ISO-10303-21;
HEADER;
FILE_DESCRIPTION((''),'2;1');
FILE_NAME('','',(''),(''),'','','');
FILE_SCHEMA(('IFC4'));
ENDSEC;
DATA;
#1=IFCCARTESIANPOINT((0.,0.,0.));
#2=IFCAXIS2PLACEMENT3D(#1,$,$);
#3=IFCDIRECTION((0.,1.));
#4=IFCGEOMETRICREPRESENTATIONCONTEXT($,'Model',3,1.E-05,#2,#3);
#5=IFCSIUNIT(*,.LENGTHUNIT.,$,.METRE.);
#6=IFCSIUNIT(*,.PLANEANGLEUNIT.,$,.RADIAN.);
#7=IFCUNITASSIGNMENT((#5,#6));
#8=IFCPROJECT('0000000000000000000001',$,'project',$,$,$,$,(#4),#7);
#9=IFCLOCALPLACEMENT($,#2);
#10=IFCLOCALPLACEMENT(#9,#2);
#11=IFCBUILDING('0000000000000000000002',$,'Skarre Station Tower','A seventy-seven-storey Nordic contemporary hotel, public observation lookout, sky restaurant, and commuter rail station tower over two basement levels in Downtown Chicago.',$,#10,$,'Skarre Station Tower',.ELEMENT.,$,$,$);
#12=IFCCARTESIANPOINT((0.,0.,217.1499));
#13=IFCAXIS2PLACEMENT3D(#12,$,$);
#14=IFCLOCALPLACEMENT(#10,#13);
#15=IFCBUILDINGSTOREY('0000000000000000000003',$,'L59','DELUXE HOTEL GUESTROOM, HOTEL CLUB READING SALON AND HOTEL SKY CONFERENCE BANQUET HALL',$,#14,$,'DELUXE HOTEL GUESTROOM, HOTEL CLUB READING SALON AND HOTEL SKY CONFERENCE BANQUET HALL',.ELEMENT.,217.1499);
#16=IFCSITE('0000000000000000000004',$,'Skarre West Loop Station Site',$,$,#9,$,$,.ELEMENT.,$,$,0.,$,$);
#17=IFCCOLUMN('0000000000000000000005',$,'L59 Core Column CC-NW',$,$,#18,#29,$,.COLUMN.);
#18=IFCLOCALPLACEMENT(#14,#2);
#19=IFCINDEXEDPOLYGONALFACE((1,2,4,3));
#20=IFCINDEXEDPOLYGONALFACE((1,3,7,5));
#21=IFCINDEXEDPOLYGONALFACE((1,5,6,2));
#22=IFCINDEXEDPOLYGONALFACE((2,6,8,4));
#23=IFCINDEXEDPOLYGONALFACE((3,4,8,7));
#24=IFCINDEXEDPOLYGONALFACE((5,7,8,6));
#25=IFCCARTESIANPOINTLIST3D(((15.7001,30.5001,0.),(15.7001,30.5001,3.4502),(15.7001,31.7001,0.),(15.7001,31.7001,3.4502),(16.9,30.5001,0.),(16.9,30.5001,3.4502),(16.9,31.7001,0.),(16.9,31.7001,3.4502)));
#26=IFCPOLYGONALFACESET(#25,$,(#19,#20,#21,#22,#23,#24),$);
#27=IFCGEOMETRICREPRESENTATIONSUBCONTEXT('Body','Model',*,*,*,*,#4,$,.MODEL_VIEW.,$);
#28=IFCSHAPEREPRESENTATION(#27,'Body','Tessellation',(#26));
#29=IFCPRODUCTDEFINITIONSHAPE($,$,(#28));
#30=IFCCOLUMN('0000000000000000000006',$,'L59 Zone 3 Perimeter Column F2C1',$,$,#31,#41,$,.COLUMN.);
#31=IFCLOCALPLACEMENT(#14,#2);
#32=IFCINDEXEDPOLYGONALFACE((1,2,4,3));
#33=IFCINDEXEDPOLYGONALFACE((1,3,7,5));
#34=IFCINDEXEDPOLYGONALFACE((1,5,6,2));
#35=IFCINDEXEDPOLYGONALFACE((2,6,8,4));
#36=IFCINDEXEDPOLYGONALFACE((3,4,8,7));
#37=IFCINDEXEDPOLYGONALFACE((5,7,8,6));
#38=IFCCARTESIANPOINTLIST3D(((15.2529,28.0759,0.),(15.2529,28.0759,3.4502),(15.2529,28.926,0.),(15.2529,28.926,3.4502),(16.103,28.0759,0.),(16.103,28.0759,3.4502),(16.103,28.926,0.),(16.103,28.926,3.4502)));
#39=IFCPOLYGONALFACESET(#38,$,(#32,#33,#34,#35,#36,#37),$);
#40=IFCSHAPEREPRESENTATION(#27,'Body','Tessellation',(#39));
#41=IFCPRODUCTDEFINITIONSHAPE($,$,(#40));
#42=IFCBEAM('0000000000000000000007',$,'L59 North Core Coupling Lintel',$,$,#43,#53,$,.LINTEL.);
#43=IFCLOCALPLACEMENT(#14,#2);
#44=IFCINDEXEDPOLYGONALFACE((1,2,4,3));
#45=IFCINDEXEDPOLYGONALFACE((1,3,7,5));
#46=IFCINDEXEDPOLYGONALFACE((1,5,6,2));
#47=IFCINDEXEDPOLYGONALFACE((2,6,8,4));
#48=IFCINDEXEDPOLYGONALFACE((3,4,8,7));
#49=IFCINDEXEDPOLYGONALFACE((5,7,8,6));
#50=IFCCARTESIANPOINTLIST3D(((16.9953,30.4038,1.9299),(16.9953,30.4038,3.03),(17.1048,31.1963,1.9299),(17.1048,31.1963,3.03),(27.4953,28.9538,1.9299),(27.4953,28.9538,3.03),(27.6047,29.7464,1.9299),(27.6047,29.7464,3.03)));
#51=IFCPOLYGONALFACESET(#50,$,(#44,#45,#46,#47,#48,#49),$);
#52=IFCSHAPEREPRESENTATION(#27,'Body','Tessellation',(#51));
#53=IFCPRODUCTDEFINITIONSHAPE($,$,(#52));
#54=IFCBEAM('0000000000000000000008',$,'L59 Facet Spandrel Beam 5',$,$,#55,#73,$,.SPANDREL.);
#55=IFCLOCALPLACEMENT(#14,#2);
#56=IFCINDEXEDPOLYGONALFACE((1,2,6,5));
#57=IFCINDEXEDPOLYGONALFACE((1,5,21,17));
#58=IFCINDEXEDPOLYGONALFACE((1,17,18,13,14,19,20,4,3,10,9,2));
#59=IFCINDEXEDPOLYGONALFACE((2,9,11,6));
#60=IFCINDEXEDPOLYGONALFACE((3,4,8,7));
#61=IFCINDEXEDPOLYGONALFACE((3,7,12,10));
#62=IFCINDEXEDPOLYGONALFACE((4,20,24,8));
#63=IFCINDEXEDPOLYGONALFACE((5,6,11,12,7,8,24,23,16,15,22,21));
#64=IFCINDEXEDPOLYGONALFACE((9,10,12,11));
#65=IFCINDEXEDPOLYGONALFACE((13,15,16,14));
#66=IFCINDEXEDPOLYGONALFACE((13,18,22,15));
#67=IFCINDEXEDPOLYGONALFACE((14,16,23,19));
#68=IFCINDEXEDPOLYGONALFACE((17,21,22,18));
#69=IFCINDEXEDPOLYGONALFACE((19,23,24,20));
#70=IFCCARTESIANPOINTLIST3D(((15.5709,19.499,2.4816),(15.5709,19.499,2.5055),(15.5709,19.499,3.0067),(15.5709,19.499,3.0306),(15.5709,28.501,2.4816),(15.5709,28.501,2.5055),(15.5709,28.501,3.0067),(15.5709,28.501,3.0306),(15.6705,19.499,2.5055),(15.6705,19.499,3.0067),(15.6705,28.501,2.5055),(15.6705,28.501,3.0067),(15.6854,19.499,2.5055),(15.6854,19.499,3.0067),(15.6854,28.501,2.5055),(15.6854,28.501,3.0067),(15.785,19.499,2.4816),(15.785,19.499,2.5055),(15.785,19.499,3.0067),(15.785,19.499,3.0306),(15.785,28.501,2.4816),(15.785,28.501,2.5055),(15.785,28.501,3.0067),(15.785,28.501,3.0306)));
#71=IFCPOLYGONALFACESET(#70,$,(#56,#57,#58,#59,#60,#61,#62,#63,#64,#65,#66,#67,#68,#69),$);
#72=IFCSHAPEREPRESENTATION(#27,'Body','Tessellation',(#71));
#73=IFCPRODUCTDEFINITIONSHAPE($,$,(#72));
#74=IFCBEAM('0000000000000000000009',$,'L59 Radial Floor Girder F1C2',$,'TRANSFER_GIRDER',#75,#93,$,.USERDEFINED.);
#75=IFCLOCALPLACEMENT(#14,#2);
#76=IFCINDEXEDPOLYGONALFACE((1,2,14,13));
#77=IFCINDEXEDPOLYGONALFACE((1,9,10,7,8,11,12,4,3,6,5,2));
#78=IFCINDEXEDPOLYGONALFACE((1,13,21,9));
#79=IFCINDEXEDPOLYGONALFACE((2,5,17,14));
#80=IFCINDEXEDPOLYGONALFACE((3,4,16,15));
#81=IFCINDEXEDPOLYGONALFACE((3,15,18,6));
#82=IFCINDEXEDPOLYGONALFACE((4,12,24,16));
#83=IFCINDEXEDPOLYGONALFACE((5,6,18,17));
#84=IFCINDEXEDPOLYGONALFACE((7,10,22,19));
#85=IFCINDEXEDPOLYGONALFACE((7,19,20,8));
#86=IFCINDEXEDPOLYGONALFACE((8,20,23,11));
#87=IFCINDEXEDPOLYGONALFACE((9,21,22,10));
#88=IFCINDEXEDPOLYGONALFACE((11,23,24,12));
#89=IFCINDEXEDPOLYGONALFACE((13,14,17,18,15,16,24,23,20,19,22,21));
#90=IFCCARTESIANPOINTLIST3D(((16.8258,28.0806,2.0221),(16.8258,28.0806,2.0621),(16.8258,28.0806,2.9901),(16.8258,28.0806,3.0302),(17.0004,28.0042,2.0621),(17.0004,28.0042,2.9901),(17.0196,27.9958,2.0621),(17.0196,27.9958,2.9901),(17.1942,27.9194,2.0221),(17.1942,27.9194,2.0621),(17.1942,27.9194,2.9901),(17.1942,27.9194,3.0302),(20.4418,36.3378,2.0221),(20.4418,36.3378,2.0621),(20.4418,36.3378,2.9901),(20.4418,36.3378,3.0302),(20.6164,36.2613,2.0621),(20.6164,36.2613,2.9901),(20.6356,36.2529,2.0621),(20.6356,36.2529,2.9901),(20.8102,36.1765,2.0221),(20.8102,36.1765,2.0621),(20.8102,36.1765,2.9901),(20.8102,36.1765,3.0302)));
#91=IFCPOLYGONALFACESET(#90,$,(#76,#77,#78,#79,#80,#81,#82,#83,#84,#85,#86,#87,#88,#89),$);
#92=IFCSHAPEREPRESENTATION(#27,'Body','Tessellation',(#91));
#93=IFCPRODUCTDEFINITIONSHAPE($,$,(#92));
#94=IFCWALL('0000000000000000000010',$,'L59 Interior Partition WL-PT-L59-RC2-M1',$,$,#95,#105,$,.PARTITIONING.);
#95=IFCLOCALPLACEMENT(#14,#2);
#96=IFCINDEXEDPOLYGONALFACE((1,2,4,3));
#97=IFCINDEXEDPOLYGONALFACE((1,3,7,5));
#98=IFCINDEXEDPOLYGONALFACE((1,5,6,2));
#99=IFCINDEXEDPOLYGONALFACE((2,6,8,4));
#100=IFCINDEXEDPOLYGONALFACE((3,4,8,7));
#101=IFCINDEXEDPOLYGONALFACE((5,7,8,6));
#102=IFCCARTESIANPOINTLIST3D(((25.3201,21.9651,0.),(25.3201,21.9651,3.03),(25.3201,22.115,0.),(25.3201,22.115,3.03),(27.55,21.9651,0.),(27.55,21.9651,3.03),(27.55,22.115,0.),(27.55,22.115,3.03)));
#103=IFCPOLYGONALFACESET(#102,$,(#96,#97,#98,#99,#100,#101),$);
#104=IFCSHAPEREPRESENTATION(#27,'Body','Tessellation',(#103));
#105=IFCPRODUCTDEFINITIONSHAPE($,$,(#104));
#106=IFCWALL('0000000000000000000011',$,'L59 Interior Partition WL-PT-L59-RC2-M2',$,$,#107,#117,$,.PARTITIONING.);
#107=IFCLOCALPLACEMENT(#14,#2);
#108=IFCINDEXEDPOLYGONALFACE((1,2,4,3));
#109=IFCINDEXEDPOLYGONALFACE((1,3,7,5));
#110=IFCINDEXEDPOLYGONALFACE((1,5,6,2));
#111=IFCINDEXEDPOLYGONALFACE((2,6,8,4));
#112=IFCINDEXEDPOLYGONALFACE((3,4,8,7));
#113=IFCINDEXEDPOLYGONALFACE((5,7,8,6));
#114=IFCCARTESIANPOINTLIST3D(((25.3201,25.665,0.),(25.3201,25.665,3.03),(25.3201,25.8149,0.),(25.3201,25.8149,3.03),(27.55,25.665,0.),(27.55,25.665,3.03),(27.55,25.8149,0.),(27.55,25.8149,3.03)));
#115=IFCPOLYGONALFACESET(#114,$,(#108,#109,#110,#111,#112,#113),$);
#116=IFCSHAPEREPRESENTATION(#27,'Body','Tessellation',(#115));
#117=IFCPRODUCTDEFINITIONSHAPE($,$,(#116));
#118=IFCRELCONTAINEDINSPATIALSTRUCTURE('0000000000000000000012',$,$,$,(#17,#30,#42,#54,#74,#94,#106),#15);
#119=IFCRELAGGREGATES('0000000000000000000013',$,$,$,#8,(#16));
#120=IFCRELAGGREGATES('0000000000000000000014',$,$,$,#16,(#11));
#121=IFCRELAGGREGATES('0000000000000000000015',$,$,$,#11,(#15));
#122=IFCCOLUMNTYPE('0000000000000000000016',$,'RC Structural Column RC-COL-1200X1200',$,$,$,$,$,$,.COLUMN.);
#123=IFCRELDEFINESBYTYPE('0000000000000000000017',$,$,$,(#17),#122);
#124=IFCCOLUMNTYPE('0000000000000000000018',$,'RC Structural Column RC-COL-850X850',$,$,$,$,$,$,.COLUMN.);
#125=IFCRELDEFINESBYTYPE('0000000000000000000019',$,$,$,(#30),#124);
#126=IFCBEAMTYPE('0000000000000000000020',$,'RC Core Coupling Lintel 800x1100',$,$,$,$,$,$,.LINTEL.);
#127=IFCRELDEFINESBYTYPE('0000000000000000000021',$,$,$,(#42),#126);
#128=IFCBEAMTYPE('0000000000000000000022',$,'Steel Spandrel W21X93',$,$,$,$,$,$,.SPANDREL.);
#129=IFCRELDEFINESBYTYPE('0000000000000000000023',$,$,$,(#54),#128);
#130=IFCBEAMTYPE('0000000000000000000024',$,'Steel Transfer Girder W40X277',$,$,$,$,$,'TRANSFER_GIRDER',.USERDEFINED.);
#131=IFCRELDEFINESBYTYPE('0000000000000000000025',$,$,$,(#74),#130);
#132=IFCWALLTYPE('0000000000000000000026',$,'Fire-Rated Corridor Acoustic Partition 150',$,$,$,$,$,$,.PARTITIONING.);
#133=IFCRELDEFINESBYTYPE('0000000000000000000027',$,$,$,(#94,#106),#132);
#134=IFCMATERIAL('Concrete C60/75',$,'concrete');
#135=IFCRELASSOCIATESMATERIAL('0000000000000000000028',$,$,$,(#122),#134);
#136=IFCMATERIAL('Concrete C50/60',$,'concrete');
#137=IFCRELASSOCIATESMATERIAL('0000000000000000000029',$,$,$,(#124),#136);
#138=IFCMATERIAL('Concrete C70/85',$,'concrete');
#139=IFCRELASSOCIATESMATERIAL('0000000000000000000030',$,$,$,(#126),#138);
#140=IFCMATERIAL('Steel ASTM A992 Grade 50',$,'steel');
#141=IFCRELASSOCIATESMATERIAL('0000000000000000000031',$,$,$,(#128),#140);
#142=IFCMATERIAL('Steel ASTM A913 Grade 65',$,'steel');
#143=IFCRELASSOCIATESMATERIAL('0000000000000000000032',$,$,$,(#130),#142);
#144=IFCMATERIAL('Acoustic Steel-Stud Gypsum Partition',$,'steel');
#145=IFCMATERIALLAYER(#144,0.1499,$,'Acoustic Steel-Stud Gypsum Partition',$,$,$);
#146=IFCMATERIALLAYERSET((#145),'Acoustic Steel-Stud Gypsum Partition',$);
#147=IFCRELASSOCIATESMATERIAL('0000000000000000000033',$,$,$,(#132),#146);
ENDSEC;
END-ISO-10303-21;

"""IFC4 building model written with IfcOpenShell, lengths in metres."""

from ifc_helpers import new_model, si_unit, direction, frame, frame_2d, origin, origin_2d, place, context, subcontext, project, spatial, rectangle, i_section, extrude, material, layer, layer_set, material_profile, profile_set, type_object, element, save


model = new_model("IFC4")

# Units and contexts
model_context = context("Model", 3, precision=1e-05, world=origin(), true_north=direction((0.0, 1.0)))
body_context = subcontext(model_context, "Body", "Model", "MODEL_VIEW")
ifc_project = project(units=[si_unit("LENGTHUNIT", "METRE"), si_unit("PLANEANGLEUNIT", "RADIAN")], contexts=[model_context])

# Site, building, storey
site_placement = place(None, origin())
site = spatial("IfcSite", under=ifc_project, at=site_placement, Name="Skarre West Loop Station Site", CompositionType="ELEMENT", RefElevation=0.0)
building_placement = place(site_placement, origin())
building = spatial("IfcBuilding", under=site, at=building_placement, Name="Skarre Station Tower", Description="A seventy-seven-storey Nordic contemporary hotel, public observation lookout, sky restaurant, and commuter rail station tower over two basement levels in Downtown Chicago.", LongName="Skarre Station Tower", CompositionType="ELEMENT")
storey_placement = place(building_placement, frame((0.0, 0.0, 217.1499)))
storey = spatial("IfcBuildingStorey", under=building, at=storey_placement, Name="L59", Description="DELUXE HOTEL GUESTROOM, HOTEL CLUB READING SALON AND HOTEL SKY CONFERENCE BANQUET HALL", LongName="DELUXE HOTEL GUESTROOM, HOTEL CLUB READING SALON AND HOTEL SKY CONFERENCE BANQUET HALL", CompositionType="ELEMENT", Elevation=217.1499)

# Columns
ifc_material_1 = material(Name="Concrete C60/75", Category="concrete")
ifc_material_profile_1 = material_profile(ifc_material_1, rectangle(XDim=1.2, YDim=1.2, at=origin_2d()), Name="Concrete C60/75")
ifc_profile_set_1 = profile_set([ifc_material_profile_1], Name="Concrete C60/75")
column_type_1 = type_object("IfcColumnType", Name="RC Structural Column RC-COL-1200X1200", PredefinedType="COLUMN", material=ifc_profile_set_1)
column_1_placement = place(storey_placement, frame((16.3, 31.1001, 0.0), z_axis=(0.0, 0.0, 1.0), x_axis=(1.0, 0.0, 0.0)))
element("IfcColumn", 1, at=column_1_placement, inside=storey, type_object=column_type_1, Name="L59 Core Column CC-NW", PredefinedType="COLUMN", context=body_context, shape_type="SweptSolid", body=[
    extrude(rectangle(XDim=1.2, YDim=1.2, at=origin_2d()), origin(), (0.0, 0.0, 1.0), 3.4502),
])
ifc_material_2 = material(Name="Concrete C50/60", Category="concrete")
ifc_material_profile_2 = material_profile(ifc_material_2, rectangle(XDim=0.8501, YDim=0.8501, at=origin_2d()), Name="Concrete C50/60")
ifc_profile_set_2 = profile_set([ifc_material_profile_2], Name="Concrete C50/60")
column_type_2 = type_object("IfcColumnType", Name="RC Structural Column RC-COL-850X850", PredefinedType="COLUMN", material=ifc_profile_set_2)
column_2_placement = place(storey_placement, frame((15.678, 28.501, 0.0), z_axis=(0.0, 0.0, 1.0), x_axis=(1.0, 0.0, 0.0)))
element("IfcColumn", 2, at=column_2_placement, inside=storey, type_object=column_type_2, Name="L59 Zone 3 Perimeter Column F2C1", PredefinedType="COLUMN", context=body_context, shape_type="SweptSolid", body=[
    extrude(rectangle(XDim=0.8501, YDim=0.8501, at=origin_2d()), origin(), (0.0, 0.0, 1.0), 3.4502),
])

# Beams
ifc_material_3 = material(Name="Concrete C70/85", Category="concrete")
ifc_material_profile_3 = material_profile(ifc_material_3, rectangle(XDim=0.8, YDim=1.1001, at=origin_2d()), Name="Concrete C70/85")
ifc_profile_set_3 = profile_set([ifc_material_profile_3], Name="Concrete C70/85")
beam_type_1 = type_object("IfcBeamType", Name="RC Core Coupling Lintel 800x1100", PredefinedType="LINTEL", material=ifc_profile_set_3)
beam_1_placement = place(storey_placement, frame((17.05, 30.8, 2.48), z_axis=(0.9906, -0.136792, 0.0), x_axis=(0.136792, 0.9906, 0.0)))
element("IfcBeam", 3, at=beam_1_placement, inside=storey, type_object=beam_type_1, Name="L59 North Core Coupling Lintel", PredefinedType="LINTEL", context=body_context, shape_type="SweptSolid", body=[
    extrude(rectangle(XDim=0.8, YDim=1.1001, at=origin_2d()), origin(), (0.0, 0.0, 1.0), 10.5996),
])
ifc_material_4 = material(Name="Steel ASTM A992 Grade 50", Category="steel")
ifc_material_profile_4 = material_profile(ifc_material_4, i_section(OverallWidth=0.2141, OverallDepth=0.5491, WebThickness=0.0149, FlangeThickness=0.0239, at=origin_2d()), Name="Steel ASTM A992 Grade 50")
ifc_profile_set_4 = profile_set([ifc_material_profile_4], Name="Steel ASTM A992 Grade 50")
beam_type_2 = type_object("IfcBeamType", Name="Steel Spandrel W21X93", PredefinedType="SPANDREL", material=ifc_profile_set_4)
beam_2_placement = place(storey_placement, frame((15.678, 28.501, 2.7561), z_axis=(0.0, -1.0, 0.0), x_axis=(1.0, 0.0, 0.0)))
element("IfcBeam", 4, at=beam_2_placement, inside=storey, type_object=beam_type_2, Name="L59 Facet Spandrel Beam 5", PredefinedType="SPANDREL", context=body_context, shape_type="SweptSolid", body=[
    extrude(i_section(OverallWidth=0.2141, OverallDepth=0.5491, WebThickness=0.0149, FlangeThickness=0.0239, at=origin_2d()), origin(), (0.0, 0.0, 1.0), 9.002),
])
ifc_material_5 = material(Name="Steel ASTM A913 Grade 65", Category="steel")
ifc_material_profile_5 = material_profile(ifc_material_5, i_section(OverallWidth=0.4021, OverallDepth=1.0081, WebThickness=0.021, FlangeThickness=0.04, at=origin_2d()), Name="Steel ASTM A913 Grade 65")
ifc_profile_set_5 = profile_set([ifc_material_profile_5], Name="Steel ASTM A913 Grade 65")
beam_type_3 = type_object("IfcBeamType", Name="Steel Transfer Girder W40X277", ElementType="TRANSFER_GIRDER", PredefinedType="USERDEFINED", material=ifc_profile_set_5)
beam_3_placement = place(storey_placement, frame((17.01, 28.0, 2.5261), z_axis=(0.401144, 0.916015, 0.0), x_axis=(-0.916015, 0.401144, 0.0)))
element("IfcBeam", 5, at=beam_3_placement, inside=storey, type_object=beam_type_3, Name="L59 Radial Floor Girder F1C2", ObjectType="TRANSFER_GIRDER", PredefinedType="USERDEFINED", context=body_context, shape_type="SweptSolid", body=[
    extrude(i_section(OverallWidth=0.4021, OverallDepth=1.0081, WebThickness=0.021, FlangeThickness=0.04, at=origin_2d()), origin(), (0.0, 0.0, 1.0), 9.0142),
])

# Walls
ifc_material_6 = material(Name="Acoustic Steel-Stud Gypsum Partition", Category="steel")
ifc_layer_1 = layer(ifc_material_6, 0.1499, Name="Acoustic Steel-Stud Gypsum Partition")
ifc_layer_set_1 = layer_set([ifc_layer_1], Name="Acoustic Steel-Stud Gypsum Partition")
wall_type_1 = type_object("IfcWallType", Name="Fire-Rated Corridor Acoustic Partition 150", PredefinedType="PARTITIONING", material=ifc_layer_set_1)
for number, where, z_axis, x_axis, name in (
    (6, (25.3201, 22.04, 0.0), (0.0, 0.0, 1.0), (1.0, 0.0, 0.0), "L59 Interior Partition WL-PT-L59-RC2-M1"),
    (7, (25.3201, 25.74, 0.0), (0.0, 0.0, 1.0), (1.0, 0.0, 0.0), "L59 Interior Partition WL-PT-L59-RC2-M2"),
):
    element("IfcWall", number, at=place(storey_placement, frame(where, z_axis=z_axis, x_axis=x_axis)), inside=storey, type_object=wall_type_1, Name=name, PredefinedType="PARTITIONING", context=body_context, shape_type="SweptSolid", body=[
        extrude(rectangle(XDim=2.23, YDim=0.1499, at=frame_2d((1.115, 0.0))), origin(), (0.0, 0.0, 1.0), 3.03),
    ])

save(model, "model.ifc")
